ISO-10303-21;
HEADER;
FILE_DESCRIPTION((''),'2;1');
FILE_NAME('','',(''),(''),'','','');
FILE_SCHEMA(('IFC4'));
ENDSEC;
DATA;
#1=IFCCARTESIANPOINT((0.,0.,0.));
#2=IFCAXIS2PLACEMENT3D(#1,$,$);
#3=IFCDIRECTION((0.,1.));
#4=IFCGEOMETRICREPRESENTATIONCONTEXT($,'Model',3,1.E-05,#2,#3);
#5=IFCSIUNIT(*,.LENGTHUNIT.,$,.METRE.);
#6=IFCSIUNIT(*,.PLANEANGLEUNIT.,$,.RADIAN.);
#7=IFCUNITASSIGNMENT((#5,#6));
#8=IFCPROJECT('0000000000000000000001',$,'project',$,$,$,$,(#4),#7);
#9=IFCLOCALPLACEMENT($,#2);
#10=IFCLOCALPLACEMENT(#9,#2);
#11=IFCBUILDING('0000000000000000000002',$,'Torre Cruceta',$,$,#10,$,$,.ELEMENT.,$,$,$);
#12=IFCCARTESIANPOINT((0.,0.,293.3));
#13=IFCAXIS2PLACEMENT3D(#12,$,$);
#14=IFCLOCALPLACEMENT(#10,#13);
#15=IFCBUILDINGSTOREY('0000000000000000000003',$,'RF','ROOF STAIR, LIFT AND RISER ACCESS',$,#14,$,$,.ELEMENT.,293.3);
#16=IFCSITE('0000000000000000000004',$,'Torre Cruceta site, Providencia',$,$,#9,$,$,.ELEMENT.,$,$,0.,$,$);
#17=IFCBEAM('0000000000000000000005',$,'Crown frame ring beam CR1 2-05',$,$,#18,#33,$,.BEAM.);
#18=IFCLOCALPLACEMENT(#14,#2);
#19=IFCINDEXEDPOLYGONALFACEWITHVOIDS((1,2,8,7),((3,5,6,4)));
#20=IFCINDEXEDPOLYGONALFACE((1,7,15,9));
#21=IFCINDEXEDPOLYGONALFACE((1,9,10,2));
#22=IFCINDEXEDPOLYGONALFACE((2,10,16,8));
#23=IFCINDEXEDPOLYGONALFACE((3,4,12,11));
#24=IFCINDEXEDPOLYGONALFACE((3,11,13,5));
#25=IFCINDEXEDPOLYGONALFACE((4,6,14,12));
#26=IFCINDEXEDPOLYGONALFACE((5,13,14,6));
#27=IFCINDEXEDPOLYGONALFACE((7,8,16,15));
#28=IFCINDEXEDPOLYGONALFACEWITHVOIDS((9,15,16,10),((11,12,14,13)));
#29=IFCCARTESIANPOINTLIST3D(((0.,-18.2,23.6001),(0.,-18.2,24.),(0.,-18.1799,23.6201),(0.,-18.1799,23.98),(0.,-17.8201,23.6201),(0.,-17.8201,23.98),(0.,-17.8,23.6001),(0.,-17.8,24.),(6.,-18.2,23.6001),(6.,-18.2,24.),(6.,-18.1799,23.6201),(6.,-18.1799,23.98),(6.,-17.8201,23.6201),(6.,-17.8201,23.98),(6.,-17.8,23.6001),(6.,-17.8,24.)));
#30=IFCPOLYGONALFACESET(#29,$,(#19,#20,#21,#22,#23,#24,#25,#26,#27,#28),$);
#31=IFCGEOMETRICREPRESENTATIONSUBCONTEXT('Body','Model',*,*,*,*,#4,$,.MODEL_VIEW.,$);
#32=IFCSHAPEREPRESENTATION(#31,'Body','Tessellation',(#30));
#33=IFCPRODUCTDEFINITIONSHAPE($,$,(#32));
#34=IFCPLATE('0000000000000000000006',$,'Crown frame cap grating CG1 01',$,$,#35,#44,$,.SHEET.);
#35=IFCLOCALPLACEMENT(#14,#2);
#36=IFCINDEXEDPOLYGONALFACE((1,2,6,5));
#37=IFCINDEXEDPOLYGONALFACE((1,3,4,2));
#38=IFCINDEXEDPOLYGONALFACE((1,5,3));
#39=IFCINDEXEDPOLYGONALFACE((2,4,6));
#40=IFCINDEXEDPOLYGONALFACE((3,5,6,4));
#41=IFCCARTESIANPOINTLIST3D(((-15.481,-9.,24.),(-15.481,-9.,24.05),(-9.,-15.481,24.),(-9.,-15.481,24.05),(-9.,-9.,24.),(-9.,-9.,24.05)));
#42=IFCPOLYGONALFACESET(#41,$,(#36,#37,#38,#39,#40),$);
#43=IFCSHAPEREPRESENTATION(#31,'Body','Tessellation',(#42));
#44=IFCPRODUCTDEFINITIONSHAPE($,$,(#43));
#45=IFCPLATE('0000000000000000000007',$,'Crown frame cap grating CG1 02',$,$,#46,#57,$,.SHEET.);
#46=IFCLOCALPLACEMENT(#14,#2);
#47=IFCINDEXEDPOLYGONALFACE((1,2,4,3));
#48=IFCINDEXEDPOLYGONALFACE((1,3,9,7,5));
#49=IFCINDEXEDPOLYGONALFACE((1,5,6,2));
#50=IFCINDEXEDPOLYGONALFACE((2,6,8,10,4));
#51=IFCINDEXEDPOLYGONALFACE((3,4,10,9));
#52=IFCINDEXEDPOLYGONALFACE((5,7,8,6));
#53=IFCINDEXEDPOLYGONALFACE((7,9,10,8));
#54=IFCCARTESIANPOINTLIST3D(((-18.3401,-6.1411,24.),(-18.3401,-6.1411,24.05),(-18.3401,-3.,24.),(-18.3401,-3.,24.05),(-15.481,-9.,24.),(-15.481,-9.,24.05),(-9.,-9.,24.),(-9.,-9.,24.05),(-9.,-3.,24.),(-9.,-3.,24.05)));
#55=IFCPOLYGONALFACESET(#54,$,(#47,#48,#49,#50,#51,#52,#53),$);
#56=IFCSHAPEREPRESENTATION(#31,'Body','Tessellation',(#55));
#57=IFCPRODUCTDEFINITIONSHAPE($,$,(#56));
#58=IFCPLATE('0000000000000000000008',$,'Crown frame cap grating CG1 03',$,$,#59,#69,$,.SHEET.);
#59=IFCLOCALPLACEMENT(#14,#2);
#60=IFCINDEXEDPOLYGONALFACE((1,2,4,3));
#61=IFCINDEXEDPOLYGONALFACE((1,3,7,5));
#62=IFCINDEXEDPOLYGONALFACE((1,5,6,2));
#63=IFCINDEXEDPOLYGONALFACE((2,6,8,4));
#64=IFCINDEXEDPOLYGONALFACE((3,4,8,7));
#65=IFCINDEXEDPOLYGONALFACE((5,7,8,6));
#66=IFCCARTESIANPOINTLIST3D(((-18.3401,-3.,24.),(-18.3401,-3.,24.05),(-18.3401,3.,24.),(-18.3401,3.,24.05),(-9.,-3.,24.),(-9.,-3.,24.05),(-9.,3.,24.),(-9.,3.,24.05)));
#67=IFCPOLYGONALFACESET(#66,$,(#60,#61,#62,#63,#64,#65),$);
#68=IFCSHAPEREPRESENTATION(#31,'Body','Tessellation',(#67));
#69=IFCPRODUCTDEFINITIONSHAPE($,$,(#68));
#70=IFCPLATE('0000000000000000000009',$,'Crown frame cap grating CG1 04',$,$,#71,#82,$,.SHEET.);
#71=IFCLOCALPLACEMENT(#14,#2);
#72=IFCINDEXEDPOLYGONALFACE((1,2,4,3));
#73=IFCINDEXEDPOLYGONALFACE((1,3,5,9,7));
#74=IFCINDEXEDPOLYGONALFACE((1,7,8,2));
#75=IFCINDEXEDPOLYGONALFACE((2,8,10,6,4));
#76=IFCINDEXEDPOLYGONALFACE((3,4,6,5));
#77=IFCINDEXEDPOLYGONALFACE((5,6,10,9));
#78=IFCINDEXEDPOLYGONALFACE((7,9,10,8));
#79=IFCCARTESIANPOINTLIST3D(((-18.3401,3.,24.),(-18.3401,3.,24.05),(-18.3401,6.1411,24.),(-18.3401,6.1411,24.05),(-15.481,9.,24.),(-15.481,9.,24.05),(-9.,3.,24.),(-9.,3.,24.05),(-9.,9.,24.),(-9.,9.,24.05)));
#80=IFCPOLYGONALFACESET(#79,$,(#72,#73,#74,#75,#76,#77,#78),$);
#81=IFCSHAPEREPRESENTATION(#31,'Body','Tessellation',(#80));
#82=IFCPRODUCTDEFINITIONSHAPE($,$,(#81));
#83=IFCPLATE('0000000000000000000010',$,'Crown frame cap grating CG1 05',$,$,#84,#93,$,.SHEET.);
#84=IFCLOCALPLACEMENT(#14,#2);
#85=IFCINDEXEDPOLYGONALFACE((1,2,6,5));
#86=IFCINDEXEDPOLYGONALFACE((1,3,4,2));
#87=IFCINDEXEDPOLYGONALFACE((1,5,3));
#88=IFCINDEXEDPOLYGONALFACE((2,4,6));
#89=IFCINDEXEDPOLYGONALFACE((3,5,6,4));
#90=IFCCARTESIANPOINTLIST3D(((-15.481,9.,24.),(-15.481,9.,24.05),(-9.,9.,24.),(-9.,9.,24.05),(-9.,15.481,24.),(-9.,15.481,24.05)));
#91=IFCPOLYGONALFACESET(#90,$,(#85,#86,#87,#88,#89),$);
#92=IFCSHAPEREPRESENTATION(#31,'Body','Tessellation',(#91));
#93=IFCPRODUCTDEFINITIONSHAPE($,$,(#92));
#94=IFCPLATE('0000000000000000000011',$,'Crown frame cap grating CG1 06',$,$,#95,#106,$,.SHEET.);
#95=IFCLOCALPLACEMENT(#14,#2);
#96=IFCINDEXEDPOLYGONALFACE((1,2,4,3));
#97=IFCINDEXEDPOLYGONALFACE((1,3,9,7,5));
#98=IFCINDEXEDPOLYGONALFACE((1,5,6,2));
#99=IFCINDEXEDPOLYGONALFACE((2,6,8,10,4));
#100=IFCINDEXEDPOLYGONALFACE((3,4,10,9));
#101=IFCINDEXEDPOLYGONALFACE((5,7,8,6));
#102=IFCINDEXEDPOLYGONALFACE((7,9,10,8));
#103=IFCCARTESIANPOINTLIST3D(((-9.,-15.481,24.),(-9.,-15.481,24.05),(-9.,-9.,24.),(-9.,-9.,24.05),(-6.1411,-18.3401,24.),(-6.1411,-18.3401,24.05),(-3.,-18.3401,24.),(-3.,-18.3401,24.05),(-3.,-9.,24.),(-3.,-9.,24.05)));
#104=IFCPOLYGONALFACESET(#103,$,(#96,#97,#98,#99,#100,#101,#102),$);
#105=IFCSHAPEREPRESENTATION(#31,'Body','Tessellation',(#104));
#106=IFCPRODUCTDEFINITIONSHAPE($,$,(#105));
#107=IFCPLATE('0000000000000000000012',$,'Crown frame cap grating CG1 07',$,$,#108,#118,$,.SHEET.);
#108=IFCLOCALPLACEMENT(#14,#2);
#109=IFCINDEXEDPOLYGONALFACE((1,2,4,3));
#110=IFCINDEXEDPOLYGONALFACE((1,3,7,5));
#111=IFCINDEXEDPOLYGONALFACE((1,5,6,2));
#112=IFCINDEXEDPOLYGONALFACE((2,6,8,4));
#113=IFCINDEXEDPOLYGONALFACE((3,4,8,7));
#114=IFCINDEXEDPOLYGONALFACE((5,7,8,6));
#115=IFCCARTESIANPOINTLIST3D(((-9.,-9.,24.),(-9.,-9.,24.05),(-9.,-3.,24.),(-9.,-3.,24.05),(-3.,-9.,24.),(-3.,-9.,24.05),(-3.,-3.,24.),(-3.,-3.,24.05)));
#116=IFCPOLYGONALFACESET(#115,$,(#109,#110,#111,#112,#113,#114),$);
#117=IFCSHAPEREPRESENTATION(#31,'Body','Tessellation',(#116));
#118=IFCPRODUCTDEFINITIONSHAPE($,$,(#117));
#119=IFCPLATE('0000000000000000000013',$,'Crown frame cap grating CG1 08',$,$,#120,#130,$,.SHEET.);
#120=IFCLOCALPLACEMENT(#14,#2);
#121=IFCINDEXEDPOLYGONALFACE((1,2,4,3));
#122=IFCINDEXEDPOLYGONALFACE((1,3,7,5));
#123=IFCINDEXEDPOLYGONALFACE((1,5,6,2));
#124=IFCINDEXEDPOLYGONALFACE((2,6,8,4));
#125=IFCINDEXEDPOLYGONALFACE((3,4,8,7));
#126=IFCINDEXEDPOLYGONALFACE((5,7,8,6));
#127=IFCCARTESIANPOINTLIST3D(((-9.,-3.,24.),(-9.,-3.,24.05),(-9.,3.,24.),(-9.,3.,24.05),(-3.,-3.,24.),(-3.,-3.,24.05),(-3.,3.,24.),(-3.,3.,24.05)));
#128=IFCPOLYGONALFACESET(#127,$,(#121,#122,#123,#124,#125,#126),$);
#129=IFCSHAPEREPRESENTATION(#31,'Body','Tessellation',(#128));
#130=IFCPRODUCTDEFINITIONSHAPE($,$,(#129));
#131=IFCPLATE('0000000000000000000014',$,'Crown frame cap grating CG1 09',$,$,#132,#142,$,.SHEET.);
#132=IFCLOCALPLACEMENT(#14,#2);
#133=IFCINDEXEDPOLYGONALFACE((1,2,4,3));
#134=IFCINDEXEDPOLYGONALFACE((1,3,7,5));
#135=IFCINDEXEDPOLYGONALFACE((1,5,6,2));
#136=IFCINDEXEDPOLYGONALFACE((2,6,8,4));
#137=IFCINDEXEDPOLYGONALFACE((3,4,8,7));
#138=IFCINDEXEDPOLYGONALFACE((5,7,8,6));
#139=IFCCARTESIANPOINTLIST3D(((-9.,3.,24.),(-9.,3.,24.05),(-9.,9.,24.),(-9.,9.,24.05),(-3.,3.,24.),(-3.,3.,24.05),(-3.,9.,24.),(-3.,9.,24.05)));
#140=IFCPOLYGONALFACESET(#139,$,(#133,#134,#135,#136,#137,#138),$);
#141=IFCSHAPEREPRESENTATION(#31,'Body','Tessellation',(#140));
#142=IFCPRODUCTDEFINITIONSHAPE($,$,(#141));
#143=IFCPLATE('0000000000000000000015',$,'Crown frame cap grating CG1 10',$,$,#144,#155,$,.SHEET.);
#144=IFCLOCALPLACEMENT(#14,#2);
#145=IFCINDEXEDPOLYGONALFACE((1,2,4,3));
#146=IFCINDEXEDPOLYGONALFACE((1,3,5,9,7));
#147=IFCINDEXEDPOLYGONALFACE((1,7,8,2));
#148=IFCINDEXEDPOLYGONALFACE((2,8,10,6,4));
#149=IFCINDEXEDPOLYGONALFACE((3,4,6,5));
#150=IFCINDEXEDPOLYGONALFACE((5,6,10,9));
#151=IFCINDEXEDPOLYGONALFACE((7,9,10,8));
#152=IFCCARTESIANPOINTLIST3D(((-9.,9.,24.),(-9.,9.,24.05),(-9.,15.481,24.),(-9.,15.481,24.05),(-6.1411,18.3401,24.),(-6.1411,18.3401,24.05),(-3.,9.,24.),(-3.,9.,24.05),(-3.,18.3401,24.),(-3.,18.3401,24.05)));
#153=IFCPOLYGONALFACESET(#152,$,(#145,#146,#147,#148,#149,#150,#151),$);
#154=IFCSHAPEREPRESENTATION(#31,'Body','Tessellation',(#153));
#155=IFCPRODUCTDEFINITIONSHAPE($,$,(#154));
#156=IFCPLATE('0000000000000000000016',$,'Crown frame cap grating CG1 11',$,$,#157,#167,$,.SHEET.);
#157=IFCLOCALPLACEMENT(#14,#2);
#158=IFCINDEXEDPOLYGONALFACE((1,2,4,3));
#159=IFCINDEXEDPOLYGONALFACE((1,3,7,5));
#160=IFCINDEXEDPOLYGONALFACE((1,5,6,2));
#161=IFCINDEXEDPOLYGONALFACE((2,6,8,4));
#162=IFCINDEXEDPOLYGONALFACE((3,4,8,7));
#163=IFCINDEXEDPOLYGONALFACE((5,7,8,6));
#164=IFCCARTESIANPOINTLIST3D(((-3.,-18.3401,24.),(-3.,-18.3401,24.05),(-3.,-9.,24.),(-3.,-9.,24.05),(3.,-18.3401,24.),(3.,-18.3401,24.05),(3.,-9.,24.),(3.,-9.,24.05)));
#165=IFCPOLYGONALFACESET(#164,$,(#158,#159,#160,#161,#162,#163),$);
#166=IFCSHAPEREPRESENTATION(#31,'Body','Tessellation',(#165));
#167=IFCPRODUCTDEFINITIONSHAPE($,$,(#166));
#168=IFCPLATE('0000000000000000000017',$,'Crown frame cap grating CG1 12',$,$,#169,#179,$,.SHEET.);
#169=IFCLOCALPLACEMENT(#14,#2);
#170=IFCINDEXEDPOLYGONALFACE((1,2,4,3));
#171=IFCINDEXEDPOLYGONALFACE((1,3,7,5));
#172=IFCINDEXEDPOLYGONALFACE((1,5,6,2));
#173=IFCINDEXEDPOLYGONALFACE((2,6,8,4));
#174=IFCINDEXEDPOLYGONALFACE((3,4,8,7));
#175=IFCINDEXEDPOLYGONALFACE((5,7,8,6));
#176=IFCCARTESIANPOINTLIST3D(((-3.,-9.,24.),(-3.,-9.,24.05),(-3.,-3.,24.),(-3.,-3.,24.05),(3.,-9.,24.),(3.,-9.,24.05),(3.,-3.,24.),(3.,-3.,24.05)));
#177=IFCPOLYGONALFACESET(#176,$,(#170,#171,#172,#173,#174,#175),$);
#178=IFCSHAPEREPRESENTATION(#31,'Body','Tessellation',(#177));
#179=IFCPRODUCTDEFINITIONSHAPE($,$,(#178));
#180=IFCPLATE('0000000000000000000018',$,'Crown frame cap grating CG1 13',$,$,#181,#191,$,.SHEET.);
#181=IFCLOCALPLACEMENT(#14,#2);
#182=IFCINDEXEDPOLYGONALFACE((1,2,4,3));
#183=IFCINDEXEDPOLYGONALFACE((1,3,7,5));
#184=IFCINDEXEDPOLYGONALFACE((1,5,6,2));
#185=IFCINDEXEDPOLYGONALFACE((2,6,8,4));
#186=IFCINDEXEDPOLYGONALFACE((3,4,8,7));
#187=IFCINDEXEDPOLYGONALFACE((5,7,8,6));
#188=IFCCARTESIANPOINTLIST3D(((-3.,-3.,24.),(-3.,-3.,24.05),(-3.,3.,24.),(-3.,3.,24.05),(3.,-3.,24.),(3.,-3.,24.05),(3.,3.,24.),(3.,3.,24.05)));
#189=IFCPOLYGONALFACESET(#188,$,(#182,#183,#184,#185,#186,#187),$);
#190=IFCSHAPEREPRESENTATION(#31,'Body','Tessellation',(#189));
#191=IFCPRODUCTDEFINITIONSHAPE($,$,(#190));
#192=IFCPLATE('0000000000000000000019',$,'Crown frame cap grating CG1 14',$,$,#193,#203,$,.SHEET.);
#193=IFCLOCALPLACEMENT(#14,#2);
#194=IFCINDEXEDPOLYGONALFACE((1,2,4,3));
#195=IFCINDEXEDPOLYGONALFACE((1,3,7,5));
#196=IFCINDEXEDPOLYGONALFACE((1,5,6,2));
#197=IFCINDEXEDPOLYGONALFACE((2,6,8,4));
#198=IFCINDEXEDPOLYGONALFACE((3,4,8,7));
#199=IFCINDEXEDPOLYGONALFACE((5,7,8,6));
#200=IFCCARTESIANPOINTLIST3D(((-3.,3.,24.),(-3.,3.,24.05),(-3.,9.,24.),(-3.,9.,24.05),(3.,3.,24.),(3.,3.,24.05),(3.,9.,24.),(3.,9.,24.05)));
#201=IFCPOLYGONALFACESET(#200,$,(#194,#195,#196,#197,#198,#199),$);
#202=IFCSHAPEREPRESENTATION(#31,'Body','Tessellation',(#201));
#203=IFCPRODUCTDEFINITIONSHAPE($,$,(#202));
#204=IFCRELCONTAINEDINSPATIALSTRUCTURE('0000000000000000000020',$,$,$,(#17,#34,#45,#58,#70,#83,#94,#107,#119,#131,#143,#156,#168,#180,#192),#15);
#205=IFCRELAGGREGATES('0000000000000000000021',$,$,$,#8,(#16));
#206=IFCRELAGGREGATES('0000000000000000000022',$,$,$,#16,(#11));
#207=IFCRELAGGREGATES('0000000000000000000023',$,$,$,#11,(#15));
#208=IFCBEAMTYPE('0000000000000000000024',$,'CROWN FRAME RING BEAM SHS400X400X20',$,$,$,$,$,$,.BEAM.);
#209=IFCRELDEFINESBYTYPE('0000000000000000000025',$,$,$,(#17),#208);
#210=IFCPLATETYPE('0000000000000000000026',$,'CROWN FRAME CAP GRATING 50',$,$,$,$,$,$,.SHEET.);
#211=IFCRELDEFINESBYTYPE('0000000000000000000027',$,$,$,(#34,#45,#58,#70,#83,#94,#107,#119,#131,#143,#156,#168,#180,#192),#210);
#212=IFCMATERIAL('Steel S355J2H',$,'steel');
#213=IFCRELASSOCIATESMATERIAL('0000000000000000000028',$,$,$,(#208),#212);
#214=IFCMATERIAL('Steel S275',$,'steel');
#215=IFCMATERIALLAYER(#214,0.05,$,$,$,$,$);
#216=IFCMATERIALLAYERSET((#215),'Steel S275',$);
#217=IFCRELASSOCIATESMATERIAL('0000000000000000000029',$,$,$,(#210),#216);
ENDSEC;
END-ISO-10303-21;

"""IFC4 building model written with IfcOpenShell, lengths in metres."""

from ifc_helpers import new_model, si_unit, direction, frame, origin, origin_2d, place, context, subcontext, project, spatial, polyline, hollow_rectangle, outline, extrude, material, layer, layer_set, material_profile, profile_set, type_object, element, save


model = new_model("IFC4")

# Units and contexts
model_context = context("Model", 3, precision=1e-05, world=origin(), true_north=direction((0.0, 1.0)))
body_context = subcontext(model_context, "Body", "Model", "MODEL_VIEW")
ifc_project = project(units=[si_unit("LENGTHUNIT", "METRE"), si_unit("PLANEANGLEUNIT", "RADIAN")], contexts=[model_context])

# Site, building, storey
site_placement = place(None, origin())
site = spatial("IfcSite", under=ifc_project, at=site_placement, Name="Torre Cruceta site, Providencia", CompositionType="ELEMENT", RefElevation=0.0)
building_placement = place(site_placement, origin())
building = spatial("IfcBuilding", under=site, at=building_placement, Name="Torre Cruceta", CompositionType="ELEMENT")
storey_placement = place(building_placement, frame((0.0, 0.0, 293.3)))
storey = spatial("IfcBuildingStorey", under=building, at=storey_placement, Name="RF", Description="ROOF STAIR, LIFT AND RISER ACCESS", CompositionType="ELEMENT", Elevation=293.3)

# Beam
ifc_material_1 = material(Name="Steel S355J2H", Category="steel")
ifc_material_profile = material_profile(ifc_material_1, hollow_rectangle(XDim=0.3999, YDim=0.3999, WallThickness=0.02, at=origin_2d()), Name="SHS400X400X20")
ifc_profile_set = profile_set([ifc_material_profile], Name="Steel S355J2H")
beam_type = type_object("IfcBeamType", Name="CROWN FRAME RING BEAM SHS400X400X20", PredefinedType="BEAM", material=ifc_profile_set)
beam_placement = place(storey_placement, frame((0.0, -18.0, 23.8), z_axis=(1.0, 0.0, 0.0), x_axis=(0.0, 1.0, 0.0)))
element("IfcBeam", 1, at=beam_placement, inside=storey, type_object=beam_type, Name="Crown frame ring beam CR1 2-05", PredefinedType="BEAM", context=body_context, shape_type="SweptSolid", body=[
    extrude(hollow_rectangle(XDim=0.3999, YDim=0.3999, WallThickness=0.02, at=origin_2d()), origin(), (0.0, 0.0, 1.0), 6.0),
])

# Plates
ifc_material_2 = material(Name="Steel S275", Category="steel")
ifc_layer = layer(ifc_material_2, 0.05)
ifc_layer_set = layer_set([ifc_layer], Name="Steel S275")
plate_type = type_object("IfcPlateType", Name="CROWN FRAME CAP GRATING 50", PredefinedType="SHEET", material=ifc_layer_set)
plate_1_placement = place(storey_placement, frame((0.0, 0.0, 24.0)))
element("IfcPlate", 2, at=plate_1_placement, inside=storey, type_object=plate_type, Name="Crown frame cap grating CG1 01", PredefinedType="SHEET", context=body_context, shape_type="SweptSolid", body=[
    extrude(outline(polyline([(-9.0, -15.481), (-9.0, -9.0), (-15.481, -9.0), (-9.0, -15.481)])), origin(), (0.0, 0.0, 1.0), 0.05),
])
plate_2_placement = place(storey_placement, frame((0.0, 0.0, 24.0)))
element("IfcPlate", 3, at=plate_2_placement, inside=storey, type_object=plate_type, Name="Crown frame cap grating CG1 02", PredefinedType="SHEET", context=body_context, shape_type="SweptSolid", body=[
    extrude(outline(polyline([(-15.481, -9.0), (-9.0, -9.0), (-9.0, -3.0), (-18.3401, -3.0), (-18.3401, -6.1411), (-15.481, -9.0)])), origin(), (0.0, 0.0, 1.0), 0.05),
])
plate_3_placement = place(storey_placement, frame((0.0, 0.0, 24.0)))
element("IfcPlate", 4, at=plate_3_placement, inside=storey, type_object=plate_type, Name="Crown frame cap grating CG1 03", PredefinedType="SHEET", context=body_context, shape_type="SweptSolid", body=[
    extrude(outline(polyline([(-18.3401, -3.0), (-9.0, -3.0), (-9.0, 3.0), (-18.3401, 3.0), (-18.3401, -3.0)])), origin(), (0.0, 0.0, 1.0), 0.05),
])
plate_4_placement = place(storey_placement, frame((0.0, 0.0, 24.0)))
element("IfcPlate", 5, at=plate_4_placement, inside=storey, type_object=plate_type, Name="Crown frame cap grating CG1 04", PredefinedType="SHEET", context=body_context, shape_type="SweptSolid", body=[
    extrude(outline(polyline([(-18.3401, 3.0), (-9.0, 3.0), (-9.0, 9.0), (-15.481, 9.0), (-18.3401, 6.1411), (-18.3401, 3.0)])), origin(), (0.0, 0.0, 1.0), 0.05),
])
plate_5_placement = place(storey_placement, frame((0.0, 0.0, 24.0)))
element("IfcPlate", 6, at=plate_5_placement, inside=storey, type_object=plate_type, Name="Crown frame cap grating CG1 05", PredefinedType="SHEET", context=body_context, shape_type="SweptSolid", body=[
    extrude(outline(polyline([(-15.481, 9.0), (-9.0, 9.0), (-9.0, 15.481), (-15.481, 9.0)])), origin(), (0.0, 0.0, 1.0), 0.05),
])
plate_6_placement = place(storey_placement, frame((0.0, 0.0, 24.0)))
element("IfcPlate", 7, at=plate_6_placement, inside=storey, type_object=plate_type, Name="Crown frame cap grating CG1 06", PredefinedType="SHEET", context=body_context, shape_type="SweptSolid", body=[
    extrude(outline(polyline([(-3.0, -18.3401), (-3.0, -9.0), (-9.0, -9.0), (-9.0, -15.481), (-6.1411, -18.3401), (-3.0, -18.3401)])), origin(), (0.0, 0.0, 1.0), 0.05),
])
plate_7_placement = place(storey_placement, frame((0.0, 0.0, 24.0)))
element("IfcPlate", 8, at=plate_7_placement, inside=storey, type_object=plate_type, Name="Crown frame cap grating CG1 07", PredefinedType="SHEET", context=body_context, shape_type="SweptSolid", body=[
    extrude(outline(polyline([(-3.0, -9.0), (-3.0, -3.0), (-9.0, -3.0), (-9.0, -9.0), (-3.0, -9.0)])), origin(), (0.0, 0.0, 1.0), 0.05),
])
plate_8_placement = place(storey_placement, frame((0.0, 0.0, 24.0)))
element("IfcPlate", 9, at=plate_8_placement, inside=storey, type_object=plate_type, Name="Crown frame cap grating CG1 08", PredefinedType="SHEET", context=body_context, shape_type="SweptSolid", body=[
    extrude(outline(polyline([(-3.0, -3.0), (-3.0, 3.0), (-9.0, 3.0), (-9.0, -3.0), (-3.0, -3.0)])), origin(), (0.0, 0.0, 1.0), 0.05),
])
plate_9_placement = place(storey_placement, frame((0.0, 0.0, 24.0)))
element("IfcPlate", 10, at=plate_9_placement, inside=storey, type_object=plate_type, Name="Crown frame cap grating CG1 09", PredefinedType="SHEET", context=body_context, shape_type="SweptSolid", body=[
    extrude(outline(polyline([(-3.0, 3.0), (-3.0, 9.0), (-9.0, 9.0), (-9.0, 3.0), (-3.0, 3.0)])), origin(), (0.0, 0.0, 1.0), 0.05),
])
plate_10_placement = place(storey_placement, frame((0.0, 0.0, 24.0)))
element("IfcPlate", 11, at=plate_10_placement, inside=storey, type_object=plate_type, Name="Crown frame cap grating CG1 10", PredefinedType="SHEET", context=body_context, shape_type="SweptSolid", body=[
    extrude(outline(polyline([(-9.0, 15.481), (-9.0, 9.0), (-3.0, 9.0), (-3.0, 18.3401), (-6.1411, 18.3401), (-9.0, 15.481)])), origin(), (0.0, 0.0, 1.0), 0.05),
])
plate_11_placement = place(storey_placement, frame((0.0, 0.0, 24.0)))
element("IfcPlate", 12, at=plate_11_placement, inside=storey, type_object=plate_type, Name="Crown frame cap grating CG1 11", PredefinedType="SHEET", context=body_context, shape_type="SweptSolid", body=[
    extrude(outline(polyline([(3.0, -18.3401), (3.0, -9.0), (-3.0, -9.0), (-3.0, -18.3401), (3.0, -18.3401)])), origin(), (0.0, 0.0, 1.0), 0.05),
])
plate_12_placement = place(storey_placement, frame((0.0, 0.0, 24.0)))
element("IfcPlate", 13, at=plate_12_placement, inside=storey, type_object=plate_type, Name="Crown frame cap grating CG1 12", PredefinedType="SHEET", context=body_context, shape_type="SweptSolid", body=[
    extrude(outline(polyline([(3.0, -9.0), (3.0, -3.0), (-3.0, -3.0), (-3.0, -9.0), (3.0, -9.0)])), origin(), (0.0, 0.0, 1.0), 0.05),
])
plate_13_placement = place(storey_placement, frame((0.0, 0.0, 24.0)))
element("IfcPlate", 14, at=plate_13_placement, inside=storey, type_object=plate_type, Name="Crown frame cap grating CG1 13", PredefinedType="SHEET", context=body_context, shape_type="SweptSolid", body=[
    extrude(outline(polyline([(3.0, -3.0), (3.0, 3.0), (-3.0, 3.0), (-3.0, -3.0), (3.0, -3.0)])), origin(), (0.0, 0.0, 1.0), 0.05),
])
plate_14_placement = place(storey_placement, frame((0.0, 0.0, 24.0)))
element("IfcPlate", 15, at=plate_14_placement, inside=storey, type_object=plate_type, Name="Crown frame cap grating CG1 14", PredefinedType="SHEET", context=body_context, shape_type="SweptSolid", body=[
    extrude(outline(polyline([(3.0, 3.0), (3.0, 9.0), (-3.0, 9.0), (-3.0, 3.0), (3.0, 3.0)])), origin(), (0.0, 0.0, 1.0), 0.05),
])

save(model, "model.ifc")
